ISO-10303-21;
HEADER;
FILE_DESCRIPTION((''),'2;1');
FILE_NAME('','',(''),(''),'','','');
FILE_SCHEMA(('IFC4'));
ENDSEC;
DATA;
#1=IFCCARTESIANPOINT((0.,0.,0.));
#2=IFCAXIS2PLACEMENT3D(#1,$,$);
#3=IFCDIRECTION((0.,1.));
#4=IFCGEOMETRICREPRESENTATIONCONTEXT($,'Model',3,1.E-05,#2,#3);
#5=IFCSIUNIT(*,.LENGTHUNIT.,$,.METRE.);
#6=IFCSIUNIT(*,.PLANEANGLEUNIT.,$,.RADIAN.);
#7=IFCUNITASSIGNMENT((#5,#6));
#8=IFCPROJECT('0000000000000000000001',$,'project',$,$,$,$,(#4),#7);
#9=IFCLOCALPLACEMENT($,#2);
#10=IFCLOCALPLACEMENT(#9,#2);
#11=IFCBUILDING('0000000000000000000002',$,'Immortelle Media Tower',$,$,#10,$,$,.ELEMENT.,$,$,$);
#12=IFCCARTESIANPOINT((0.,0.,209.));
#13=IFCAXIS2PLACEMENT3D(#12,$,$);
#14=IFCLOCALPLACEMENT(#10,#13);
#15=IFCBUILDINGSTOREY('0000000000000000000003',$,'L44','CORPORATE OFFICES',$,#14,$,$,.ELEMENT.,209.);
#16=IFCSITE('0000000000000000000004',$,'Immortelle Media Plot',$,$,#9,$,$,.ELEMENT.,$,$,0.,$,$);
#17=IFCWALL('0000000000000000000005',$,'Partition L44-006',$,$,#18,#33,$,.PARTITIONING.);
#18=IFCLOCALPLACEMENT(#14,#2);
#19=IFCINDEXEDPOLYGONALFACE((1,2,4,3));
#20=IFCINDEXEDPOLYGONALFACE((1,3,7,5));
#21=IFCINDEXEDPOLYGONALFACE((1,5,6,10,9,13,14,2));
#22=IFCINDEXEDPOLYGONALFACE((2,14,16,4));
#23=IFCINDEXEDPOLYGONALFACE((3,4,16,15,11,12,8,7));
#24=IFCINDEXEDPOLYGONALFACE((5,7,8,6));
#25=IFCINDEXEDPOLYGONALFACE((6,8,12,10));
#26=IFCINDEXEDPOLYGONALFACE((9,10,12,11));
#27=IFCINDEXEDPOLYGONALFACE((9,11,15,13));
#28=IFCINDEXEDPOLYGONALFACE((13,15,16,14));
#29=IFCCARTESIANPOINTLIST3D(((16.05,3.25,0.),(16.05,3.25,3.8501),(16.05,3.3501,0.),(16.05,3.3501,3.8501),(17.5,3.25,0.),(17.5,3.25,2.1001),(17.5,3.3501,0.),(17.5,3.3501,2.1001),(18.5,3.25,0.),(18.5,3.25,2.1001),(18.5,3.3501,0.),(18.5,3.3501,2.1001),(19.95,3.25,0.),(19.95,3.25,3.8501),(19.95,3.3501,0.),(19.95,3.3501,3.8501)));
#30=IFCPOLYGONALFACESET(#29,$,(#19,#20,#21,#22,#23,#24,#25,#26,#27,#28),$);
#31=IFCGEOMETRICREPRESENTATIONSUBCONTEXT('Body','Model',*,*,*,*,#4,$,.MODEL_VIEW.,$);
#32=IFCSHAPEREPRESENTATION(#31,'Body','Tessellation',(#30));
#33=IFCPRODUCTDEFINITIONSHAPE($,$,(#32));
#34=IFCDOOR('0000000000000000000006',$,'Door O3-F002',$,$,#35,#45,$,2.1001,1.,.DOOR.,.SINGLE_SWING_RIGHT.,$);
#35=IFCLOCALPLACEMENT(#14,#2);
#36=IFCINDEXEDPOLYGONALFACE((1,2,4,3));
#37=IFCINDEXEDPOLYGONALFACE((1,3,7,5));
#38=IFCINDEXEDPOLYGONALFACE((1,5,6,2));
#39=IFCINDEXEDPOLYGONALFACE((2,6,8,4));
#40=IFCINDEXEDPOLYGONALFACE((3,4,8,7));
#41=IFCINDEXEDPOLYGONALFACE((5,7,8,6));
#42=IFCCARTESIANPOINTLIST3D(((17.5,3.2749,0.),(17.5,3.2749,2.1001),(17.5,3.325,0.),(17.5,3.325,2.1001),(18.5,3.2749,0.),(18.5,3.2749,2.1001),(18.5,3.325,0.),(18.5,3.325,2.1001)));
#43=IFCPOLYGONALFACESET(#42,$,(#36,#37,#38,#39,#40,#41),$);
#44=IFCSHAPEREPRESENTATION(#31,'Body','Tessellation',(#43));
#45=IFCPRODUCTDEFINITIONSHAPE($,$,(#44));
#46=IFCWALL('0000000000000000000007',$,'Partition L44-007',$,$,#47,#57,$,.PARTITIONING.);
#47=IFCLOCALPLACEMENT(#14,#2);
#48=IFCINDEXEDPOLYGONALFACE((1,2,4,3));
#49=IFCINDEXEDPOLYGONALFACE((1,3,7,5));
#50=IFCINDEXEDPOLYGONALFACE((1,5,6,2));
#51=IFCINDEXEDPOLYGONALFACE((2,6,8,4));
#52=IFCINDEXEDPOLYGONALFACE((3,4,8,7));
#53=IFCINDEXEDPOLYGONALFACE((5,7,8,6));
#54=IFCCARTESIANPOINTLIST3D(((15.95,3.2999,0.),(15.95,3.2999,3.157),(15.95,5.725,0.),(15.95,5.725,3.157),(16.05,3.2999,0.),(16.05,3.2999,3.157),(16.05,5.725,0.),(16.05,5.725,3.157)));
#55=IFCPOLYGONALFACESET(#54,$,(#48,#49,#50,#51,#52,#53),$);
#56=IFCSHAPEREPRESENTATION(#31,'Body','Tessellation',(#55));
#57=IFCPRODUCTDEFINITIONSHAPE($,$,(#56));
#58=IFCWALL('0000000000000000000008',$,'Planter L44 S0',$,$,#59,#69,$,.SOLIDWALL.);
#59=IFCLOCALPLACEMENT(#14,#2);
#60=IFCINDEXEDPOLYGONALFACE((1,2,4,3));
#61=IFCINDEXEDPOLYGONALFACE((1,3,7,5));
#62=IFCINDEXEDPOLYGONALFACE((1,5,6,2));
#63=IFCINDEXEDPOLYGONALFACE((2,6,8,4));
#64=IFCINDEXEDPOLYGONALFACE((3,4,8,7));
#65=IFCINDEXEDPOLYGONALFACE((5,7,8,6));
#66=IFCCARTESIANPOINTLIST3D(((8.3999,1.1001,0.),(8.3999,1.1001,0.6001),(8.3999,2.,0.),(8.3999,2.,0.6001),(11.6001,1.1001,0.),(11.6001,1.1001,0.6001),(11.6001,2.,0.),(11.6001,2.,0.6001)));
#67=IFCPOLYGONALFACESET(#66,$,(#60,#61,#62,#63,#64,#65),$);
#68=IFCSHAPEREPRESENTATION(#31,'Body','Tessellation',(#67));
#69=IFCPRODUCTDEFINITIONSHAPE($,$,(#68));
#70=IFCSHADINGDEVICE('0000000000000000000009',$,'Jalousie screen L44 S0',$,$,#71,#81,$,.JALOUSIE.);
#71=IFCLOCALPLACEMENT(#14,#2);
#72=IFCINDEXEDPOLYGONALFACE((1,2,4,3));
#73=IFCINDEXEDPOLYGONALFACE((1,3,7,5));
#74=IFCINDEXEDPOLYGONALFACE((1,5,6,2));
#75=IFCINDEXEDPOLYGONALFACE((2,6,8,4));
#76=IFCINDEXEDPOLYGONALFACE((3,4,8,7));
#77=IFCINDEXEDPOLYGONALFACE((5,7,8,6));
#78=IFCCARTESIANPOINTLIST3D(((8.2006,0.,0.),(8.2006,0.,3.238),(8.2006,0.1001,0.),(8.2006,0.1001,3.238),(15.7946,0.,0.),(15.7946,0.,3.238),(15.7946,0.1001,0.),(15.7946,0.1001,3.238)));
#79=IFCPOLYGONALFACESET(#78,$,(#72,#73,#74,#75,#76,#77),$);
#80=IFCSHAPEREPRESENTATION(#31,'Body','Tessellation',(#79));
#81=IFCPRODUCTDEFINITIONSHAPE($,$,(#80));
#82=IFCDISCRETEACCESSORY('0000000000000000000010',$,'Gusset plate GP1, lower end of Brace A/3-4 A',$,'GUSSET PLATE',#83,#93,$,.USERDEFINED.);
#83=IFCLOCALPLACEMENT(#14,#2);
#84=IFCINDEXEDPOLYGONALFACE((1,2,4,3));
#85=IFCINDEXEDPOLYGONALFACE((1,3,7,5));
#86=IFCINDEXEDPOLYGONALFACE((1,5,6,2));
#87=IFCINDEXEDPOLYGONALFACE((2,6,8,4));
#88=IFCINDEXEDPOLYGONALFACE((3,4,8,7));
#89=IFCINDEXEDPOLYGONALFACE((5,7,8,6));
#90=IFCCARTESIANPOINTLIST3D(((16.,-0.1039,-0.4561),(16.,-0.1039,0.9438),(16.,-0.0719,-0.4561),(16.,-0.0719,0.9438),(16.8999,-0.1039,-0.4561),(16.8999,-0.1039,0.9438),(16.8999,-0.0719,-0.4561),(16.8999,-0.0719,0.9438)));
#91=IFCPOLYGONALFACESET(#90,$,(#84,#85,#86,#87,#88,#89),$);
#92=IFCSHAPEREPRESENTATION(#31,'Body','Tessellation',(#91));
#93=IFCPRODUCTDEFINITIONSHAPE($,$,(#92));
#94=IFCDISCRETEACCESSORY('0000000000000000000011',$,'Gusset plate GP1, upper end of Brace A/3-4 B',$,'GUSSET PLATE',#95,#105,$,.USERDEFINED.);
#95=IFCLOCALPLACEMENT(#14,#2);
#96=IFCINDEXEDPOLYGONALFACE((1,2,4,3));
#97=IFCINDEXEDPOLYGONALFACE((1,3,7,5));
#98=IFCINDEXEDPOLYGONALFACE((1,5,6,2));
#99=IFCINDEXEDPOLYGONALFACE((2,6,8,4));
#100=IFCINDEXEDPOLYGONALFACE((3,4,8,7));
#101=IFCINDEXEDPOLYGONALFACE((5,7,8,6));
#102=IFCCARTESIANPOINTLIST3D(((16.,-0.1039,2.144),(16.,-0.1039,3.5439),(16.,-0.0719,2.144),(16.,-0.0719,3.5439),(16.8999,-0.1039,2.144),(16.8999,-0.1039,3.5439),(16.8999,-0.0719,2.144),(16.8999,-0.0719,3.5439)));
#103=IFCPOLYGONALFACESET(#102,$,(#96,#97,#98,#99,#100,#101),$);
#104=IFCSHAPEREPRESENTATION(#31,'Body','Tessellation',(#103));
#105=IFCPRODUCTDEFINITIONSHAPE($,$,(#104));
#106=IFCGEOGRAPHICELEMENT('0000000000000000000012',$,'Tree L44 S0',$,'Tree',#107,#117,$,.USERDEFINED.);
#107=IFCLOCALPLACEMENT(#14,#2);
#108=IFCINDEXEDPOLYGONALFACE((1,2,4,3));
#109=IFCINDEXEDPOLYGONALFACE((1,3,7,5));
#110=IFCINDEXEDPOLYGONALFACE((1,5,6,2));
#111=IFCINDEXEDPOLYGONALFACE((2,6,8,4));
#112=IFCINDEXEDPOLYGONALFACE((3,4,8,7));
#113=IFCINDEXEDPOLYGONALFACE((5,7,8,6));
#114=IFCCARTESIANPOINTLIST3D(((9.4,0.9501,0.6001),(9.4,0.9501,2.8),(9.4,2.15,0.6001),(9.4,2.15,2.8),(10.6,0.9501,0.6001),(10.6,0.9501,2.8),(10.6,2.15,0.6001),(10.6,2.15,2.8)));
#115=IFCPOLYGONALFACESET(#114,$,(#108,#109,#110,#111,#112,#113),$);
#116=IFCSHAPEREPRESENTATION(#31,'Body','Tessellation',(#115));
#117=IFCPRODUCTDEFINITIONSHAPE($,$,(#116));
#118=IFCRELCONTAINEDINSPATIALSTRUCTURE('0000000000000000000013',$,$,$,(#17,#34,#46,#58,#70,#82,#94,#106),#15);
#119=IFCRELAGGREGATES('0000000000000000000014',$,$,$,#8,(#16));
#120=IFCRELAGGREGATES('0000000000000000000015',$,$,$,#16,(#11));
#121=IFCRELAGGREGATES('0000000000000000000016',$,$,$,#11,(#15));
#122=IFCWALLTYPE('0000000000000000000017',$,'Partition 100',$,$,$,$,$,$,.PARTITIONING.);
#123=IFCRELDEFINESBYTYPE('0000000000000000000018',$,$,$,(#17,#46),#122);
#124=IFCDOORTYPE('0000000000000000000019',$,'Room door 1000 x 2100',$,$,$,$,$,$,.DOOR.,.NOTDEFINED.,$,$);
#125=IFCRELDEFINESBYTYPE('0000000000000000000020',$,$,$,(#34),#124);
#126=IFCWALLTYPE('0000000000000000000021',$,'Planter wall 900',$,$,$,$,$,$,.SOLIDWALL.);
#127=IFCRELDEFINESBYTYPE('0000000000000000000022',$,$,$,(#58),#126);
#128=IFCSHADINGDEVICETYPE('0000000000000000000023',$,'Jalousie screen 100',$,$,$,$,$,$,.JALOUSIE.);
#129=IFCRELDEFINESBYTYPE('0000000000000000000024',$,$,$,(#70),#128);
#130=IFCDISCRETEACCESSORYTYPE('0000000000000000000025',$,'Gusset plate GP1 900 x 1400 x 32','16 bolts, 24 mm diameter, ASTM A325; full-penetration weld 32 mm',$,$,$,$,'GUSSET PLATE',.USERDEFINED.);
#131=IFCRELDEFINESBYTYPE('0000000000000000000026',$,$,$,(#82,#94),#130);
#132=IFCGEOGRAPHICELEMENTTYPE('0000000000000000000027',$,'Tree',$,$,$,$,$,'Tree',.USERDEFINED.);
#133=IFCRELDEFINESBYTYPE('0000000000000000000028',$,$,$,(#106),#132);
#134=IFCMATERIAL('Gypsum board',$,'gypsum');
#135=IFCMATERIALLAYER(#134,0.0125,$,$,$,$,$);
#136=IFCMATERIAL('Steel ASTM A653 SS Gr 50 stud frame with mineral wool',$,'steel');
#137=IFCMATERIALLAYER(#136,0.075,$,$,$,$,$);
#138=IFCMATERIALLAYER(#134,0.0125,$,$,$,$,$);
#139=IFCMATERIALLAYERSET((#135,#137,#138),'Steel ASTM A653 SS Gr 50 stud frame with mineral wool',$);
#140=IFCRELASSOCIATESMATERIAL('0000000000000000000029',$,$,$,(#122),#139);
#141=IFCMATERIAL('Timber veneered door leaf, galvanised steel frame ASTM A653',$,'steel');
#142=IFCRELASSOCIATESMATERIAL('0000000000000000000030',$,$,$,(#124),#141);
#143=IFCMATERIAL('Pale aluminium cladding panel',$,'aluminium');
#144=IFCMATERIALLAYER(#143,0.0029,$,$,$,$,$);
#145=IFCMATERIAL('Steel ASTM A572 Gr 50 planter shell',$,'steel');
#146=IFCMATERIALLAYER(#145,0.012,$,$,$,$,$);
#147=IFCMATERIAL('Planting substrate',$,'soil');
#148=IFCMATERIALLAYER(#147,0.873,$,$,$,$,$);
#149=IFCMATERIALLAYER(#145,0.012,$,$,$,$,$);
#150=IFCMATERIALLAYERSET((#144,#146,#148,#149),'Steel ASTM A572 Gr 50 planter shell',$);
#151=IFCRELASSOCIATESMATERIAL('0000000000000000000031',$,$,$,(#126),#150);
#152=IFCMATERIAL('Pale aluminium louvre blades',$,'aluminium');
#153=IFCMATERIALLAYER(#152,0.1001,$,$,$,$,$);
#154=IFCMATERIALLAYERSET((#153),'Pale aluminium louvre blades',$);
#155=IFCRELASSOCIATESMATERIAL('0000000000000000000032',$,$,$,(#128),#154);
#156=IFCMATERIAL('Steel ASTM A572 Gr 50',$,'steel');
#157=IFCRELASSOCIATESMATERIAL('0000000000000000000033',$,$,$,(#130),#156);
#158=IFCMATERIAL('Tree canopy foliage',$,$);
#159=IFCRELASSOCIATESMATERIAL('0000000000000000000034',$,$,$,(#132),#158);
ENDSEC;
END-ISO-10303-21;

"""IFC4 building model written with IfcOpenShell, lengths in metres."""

from ifc_helpers import new_model, si_unit, direction, frame, frame_2d, origin, origin_2d, place, context, subcontext, project, spatial, rectangle, extrude, material, layer, layer_set, material_profile, profile_set, type_object, element, fill, save


model = new_model("IFC4")

# Units and contexts
model_context = context("Model", 3, precision=1e-05, world=origin(), true_north=direction((0.0, 1.0)))
body_context = subcontext(model_context, "Body", "Model", "MODEL_VIEW")
ifc_project = project(units=[si_unit("LENGTHUNIT", "METRE"), si_unit("PLANEANGLEUNIT", "RADIAN")], contexts=[model_context])

# Site, building, storey
site_placement = place(None, origin())
site = spatial("IfcSite", under=ifc_project, at=site_placement, Name="Immortelle Media Plot", CompositionType="ELEMENT", RefElevation=0.0)
building_placement = place(site_placement, origin())
building = spatial("IfcBuilding", under=site, at=building_placement, Name="Immortelle Media Tower", CompositionType="ELEMENT")
storey_placement = place(building_placement, frame((0.0, 0.0, 209.0)))
storey = spatial("IfcBuildingStorey", under=building, at=storey_placement, Name="L44", Description="CORPORATE OFFICES", CompositionType="ELEMENT", Elevation=209.0)

# Shared definitions
ifc_material_1 = material(Name="Pale aluminium cladding panel", Category="aluminium")
ifc_material_2 = material(Name="Steel ASTM A653 SS Gr 50 stud frame with mineral wool", Category="steel")

# Shared definitions
ifc_material_3 = material(Name="Gypsum board", Category="gypsum")
ifc_layer_1 = layer(ifc_material_3, 0.0125)
ifc_layer_2 = layer(ifc_material_2, 0.075)
ifc_layer_3 = layer(ifc_material_3, 0.0125)
ifc_layer_set_1 = layer_set([ifc_layer_1, ifc_layer_2, ifc_layer_3], Name="Steel ASTM A653 SS Gr 50 stud frame with mineral wool")
wall_type_1 = type_object("IfcWallType", Name="Partition 100", PredefinedType="PARTITIONING", material=ifc_layer_set_1)

# Wall, opening, door
wall_1_placement = place(storey_placement, frame((16.05, 3.3, 0.0), z_axis=(0.0, 0.0, 1.0), x_axis=(1.0, 0.0, 0.0)))
wall_1 = element("IfcWall", 1, at=wall_1_placement, inside=storey, type_object=wall_type_1, Name="Partition L44-006", PredefinedType="PARTITIONING", context=body_context, shape_type="SweptSolid", body=[
    extrude(rectangle(XDim=3.8999, YDim=0.1001, at=frame_2d((1.95, 0.0))), origin(), (0.0, 0.0, 1.0), 3.8501),
])
opening_1_placement = place(wall_1_placement, frame((1.45, 0.0, 0.0)))
opening_1 = element("IfcOpeningElement", 2, at=opening_1_placement, cuts=wall_1, PredefinedType="OPENING", context=body_context, shape_type="SweptSolid", body=[
    extrude(rectangle(XDim=1.0, YDim=2.1001, at=frame_2d((0.5, 1.05))), frame((0.0, 0.0601, 0.0), z_axis=(0.0, -1.0, 0.0), x_axis=(1.0, 0.0, 0.0)), (0.0, 0.0, 1.0), 0.1201),
])
ifc_material_4 = material(Name="Timber veneered door leaf, galvanised steel frame ASTM A653", Category="steel")
door_type_1 = type_object("IfcDoorType", Name="Room door 1000 x 2100", OperationType="NOTDEFINED", PredefinedType="DOOR", material=ifc_material_4)
door_1_placement = place(opening_1_placement, origin())
door_1 = element("IfcDoor", 3, at=door_1_placement, inside=storey, type_object=door_type_1, Name="Door O3-F002", OperationType="SINGLE_SWING_RIGHT", OverallHeight=2.1001, OverallWidth=1.0, PredefinedType="DOOR", context=body_context, shape_type="SweptSolid", body=[
    extrude(rectangle(XDim=1.0, YDim=2.1001, at=frame_2d((0.5, 1.05))), frame((0.0, 0.0249, 0.0), z_axis=(0.0, -1.0, 0.0), x_axis=(1.0, 0.0, 0.0)), (0.0, 0.0, 1.0), 0.05),
])
fill(opening_1, door_1)

# Walls
wall_2_placement = place(storey_placement, frame((16.0, 3.3, 0.0), z_axis=(0.0, 0.0, 1.0), x_axis=(0.0, 1.0, 0.0)))
element("IfcWall", 4, at=wall_2_placement, inside=storey, type_object=wall_type_1, Name="Partition L44-007", PredefinedType="PARTITIONING", context=body_context, shape_type="SweptSolid", body=[
    extrude(rectangle(XDim=2.425, YDim=0.1001, at=frame_2d((1.2124, 0.0))), origin(), (0.0, 0.0, 1.0), 3.157),
])
ifc_layer_4 = layer(ifc_material_1, 0.0029)
ifc_material_5 = material(Name="Steel ASTM A572 Gr 50 planter shell", Category="steel")
ifc_layer_5 = layer(ifc_material_5, 0.012)
ifc_material_6 = material(Name="Planting substrate", Category="soil")
ifc_layer_6 = layer(ifc_material_6, 0.873)
ifc_layer_7 = layer(ifc_material_5, 0.012)
ifc_layer_set_2 = layer_set([ifc_layer_4, ifc_layer_5, ifc_layer_6, ifc_layer_7], Name="Steel ASTM A572 Gr 50 planter shell")
wall_type_2 = type_object("IfcWallType", Name="Planter wall 900", PredefinedType="SOLIDWALL", material=ifc_layer_set_2)
wall_3_placement = place(storey_placement, frame((8.3999, 1.55, 0.0), z_axis=(0.0, 0.0, 1.0), x_axis=(1.0, 0.0, 0.0)))
element("IfcWall", 5, at=wall_3_placement, inside=storey, type_object=wall_type_2, Name="Planter L44 S0", PredefinedType="SOLIDWALL", context=body_context, shape_type="SweptSolid", body=[
    extrude(rectangle(XDim=3.2002, YDim=0.8999, at=frame_2d((1.6001, 0.0))), origin(), (0.0, 0.0, 1.0), 0.6001),
])

# Shading device
ifc_material_7 = material(Name="Pale aluminium louvre blades", Category="aluminium")
ifc_layer_8 = layer(ifc_material_7, 0.1001)
ifc_layer_set_3 = layer_set([ifc_layer_8], Name="Pale aluminium louvre blades")
shading_device_type = type_object("IfcShadingDeviceType", Name="Jalousie screen 100", PredefinedType="JALOUSIE", material=ifc_layer_set_3)
shading_device_placement = place(storey_placement, frame((11.9976, 0.05, 0.0), z_axis=(0.0, 0.0, 1.0), x_axis=(1.0, 0.0, 0.0)))
element("IfcShadingDevice", 6, at=shading_device_placement, inside=storey, type_object=shading_device_type, Name="Jalousie screen L44 S0", PredefinedType="JALOUSIE", context=body_context, shape_type="SweptSolid", body=[
    extrude(rectangle(XDim=7.594, YDim=0.1001, at=origin_2d()), origin(), (0.0, 0.0, 1.0), 3.238),
])

# Discrete accessories
ifc_material_8 = material(Name="Steel ASTM A572 Gr 50", Category="steel")
ifc_material_profile_1 = material_profile(ifc_material_8, rectangle(XDim=0.032, YDim=1.3999, at=origin_2d()), Name="PL 32 x 1400")
ifc_profile_set_1 = profile_set([ifc_material_profile_1], Name="Steel ASTM A572 Gr 50")
discrete_accessory_type = type_object("IfcDiscreteAccessoryType", Name="Gusset plate GP1 900 x 1400 x 32", Description="16 bolts, 24 mm diameter, ASTM A325; full-penetration weld 32 mm", ElementType="GUSSET PLATE", PredefinedType="USERDEFINED", material=ifc_profile_set_1)
for number, where, z_axis, x_axis, name in (
    (7, (16.0, -0.0879, 0.2439), (1.0, 0.0, 0.0), (0.0, 1.0, 0.0), "Gusset plate GP1, lower end of Brace A/3-4 A"),
    (8, (16.0, -0.0879, 2.844), (1.0, 0.0, 0.0), (0.0, 1.0, 0.0), "Gusset plate GP1, upper end of Brace A/3-4 B"),
):
    element("IfcDiscreteAccessory", number, at=place(storey_placement, frame(where, z_axis=z_axis, x_axis=x_axis)), inside=storey, type_object=discrete_accessory_type, Name=name, ObjectType="GUSSET PLATE", PredefinedType="USERDEFINED", context=body_context, shape_type="SweptSolid", body=[
        extrude(rectangle(XDim=0.032, YDim=1.3999, at=origin_2d()), origin(), (0.0, 0.0, 1.0), 0.8999),
    ])

# Geographic element
ifc_material_9 = material(Name="Tree canopy foliage")
geographic_element_type = type_object("IfcGeographicElementType", Name="Tree", ElementType="Tree", PredefinedType="USERDEFINED", material=ifc_material_9)
geographic_element_placement = place(storey_placement, frame((10.0, 1.55, 0.6001), z_axis=(0.0, 0.0, 1.0), x_axis=(1.0, 0.0, 0.0)))
element("IfcGeographicElement", 9, at=geographic_element_placement, inside=storey, type_object=geographic_element_type, Name="Tree L44 S0", ObjectType="Tree", PredefinedType="USERDEFINED", context=body_context, shape_type="SweptSolid", body=[
    extrude(rectangle(XDim=1.2, YDim=1.2, at=origin_2d()), origin(), (0.0, 0.0, 1.0), 2.2),
])

save(model, "model.ifc")
